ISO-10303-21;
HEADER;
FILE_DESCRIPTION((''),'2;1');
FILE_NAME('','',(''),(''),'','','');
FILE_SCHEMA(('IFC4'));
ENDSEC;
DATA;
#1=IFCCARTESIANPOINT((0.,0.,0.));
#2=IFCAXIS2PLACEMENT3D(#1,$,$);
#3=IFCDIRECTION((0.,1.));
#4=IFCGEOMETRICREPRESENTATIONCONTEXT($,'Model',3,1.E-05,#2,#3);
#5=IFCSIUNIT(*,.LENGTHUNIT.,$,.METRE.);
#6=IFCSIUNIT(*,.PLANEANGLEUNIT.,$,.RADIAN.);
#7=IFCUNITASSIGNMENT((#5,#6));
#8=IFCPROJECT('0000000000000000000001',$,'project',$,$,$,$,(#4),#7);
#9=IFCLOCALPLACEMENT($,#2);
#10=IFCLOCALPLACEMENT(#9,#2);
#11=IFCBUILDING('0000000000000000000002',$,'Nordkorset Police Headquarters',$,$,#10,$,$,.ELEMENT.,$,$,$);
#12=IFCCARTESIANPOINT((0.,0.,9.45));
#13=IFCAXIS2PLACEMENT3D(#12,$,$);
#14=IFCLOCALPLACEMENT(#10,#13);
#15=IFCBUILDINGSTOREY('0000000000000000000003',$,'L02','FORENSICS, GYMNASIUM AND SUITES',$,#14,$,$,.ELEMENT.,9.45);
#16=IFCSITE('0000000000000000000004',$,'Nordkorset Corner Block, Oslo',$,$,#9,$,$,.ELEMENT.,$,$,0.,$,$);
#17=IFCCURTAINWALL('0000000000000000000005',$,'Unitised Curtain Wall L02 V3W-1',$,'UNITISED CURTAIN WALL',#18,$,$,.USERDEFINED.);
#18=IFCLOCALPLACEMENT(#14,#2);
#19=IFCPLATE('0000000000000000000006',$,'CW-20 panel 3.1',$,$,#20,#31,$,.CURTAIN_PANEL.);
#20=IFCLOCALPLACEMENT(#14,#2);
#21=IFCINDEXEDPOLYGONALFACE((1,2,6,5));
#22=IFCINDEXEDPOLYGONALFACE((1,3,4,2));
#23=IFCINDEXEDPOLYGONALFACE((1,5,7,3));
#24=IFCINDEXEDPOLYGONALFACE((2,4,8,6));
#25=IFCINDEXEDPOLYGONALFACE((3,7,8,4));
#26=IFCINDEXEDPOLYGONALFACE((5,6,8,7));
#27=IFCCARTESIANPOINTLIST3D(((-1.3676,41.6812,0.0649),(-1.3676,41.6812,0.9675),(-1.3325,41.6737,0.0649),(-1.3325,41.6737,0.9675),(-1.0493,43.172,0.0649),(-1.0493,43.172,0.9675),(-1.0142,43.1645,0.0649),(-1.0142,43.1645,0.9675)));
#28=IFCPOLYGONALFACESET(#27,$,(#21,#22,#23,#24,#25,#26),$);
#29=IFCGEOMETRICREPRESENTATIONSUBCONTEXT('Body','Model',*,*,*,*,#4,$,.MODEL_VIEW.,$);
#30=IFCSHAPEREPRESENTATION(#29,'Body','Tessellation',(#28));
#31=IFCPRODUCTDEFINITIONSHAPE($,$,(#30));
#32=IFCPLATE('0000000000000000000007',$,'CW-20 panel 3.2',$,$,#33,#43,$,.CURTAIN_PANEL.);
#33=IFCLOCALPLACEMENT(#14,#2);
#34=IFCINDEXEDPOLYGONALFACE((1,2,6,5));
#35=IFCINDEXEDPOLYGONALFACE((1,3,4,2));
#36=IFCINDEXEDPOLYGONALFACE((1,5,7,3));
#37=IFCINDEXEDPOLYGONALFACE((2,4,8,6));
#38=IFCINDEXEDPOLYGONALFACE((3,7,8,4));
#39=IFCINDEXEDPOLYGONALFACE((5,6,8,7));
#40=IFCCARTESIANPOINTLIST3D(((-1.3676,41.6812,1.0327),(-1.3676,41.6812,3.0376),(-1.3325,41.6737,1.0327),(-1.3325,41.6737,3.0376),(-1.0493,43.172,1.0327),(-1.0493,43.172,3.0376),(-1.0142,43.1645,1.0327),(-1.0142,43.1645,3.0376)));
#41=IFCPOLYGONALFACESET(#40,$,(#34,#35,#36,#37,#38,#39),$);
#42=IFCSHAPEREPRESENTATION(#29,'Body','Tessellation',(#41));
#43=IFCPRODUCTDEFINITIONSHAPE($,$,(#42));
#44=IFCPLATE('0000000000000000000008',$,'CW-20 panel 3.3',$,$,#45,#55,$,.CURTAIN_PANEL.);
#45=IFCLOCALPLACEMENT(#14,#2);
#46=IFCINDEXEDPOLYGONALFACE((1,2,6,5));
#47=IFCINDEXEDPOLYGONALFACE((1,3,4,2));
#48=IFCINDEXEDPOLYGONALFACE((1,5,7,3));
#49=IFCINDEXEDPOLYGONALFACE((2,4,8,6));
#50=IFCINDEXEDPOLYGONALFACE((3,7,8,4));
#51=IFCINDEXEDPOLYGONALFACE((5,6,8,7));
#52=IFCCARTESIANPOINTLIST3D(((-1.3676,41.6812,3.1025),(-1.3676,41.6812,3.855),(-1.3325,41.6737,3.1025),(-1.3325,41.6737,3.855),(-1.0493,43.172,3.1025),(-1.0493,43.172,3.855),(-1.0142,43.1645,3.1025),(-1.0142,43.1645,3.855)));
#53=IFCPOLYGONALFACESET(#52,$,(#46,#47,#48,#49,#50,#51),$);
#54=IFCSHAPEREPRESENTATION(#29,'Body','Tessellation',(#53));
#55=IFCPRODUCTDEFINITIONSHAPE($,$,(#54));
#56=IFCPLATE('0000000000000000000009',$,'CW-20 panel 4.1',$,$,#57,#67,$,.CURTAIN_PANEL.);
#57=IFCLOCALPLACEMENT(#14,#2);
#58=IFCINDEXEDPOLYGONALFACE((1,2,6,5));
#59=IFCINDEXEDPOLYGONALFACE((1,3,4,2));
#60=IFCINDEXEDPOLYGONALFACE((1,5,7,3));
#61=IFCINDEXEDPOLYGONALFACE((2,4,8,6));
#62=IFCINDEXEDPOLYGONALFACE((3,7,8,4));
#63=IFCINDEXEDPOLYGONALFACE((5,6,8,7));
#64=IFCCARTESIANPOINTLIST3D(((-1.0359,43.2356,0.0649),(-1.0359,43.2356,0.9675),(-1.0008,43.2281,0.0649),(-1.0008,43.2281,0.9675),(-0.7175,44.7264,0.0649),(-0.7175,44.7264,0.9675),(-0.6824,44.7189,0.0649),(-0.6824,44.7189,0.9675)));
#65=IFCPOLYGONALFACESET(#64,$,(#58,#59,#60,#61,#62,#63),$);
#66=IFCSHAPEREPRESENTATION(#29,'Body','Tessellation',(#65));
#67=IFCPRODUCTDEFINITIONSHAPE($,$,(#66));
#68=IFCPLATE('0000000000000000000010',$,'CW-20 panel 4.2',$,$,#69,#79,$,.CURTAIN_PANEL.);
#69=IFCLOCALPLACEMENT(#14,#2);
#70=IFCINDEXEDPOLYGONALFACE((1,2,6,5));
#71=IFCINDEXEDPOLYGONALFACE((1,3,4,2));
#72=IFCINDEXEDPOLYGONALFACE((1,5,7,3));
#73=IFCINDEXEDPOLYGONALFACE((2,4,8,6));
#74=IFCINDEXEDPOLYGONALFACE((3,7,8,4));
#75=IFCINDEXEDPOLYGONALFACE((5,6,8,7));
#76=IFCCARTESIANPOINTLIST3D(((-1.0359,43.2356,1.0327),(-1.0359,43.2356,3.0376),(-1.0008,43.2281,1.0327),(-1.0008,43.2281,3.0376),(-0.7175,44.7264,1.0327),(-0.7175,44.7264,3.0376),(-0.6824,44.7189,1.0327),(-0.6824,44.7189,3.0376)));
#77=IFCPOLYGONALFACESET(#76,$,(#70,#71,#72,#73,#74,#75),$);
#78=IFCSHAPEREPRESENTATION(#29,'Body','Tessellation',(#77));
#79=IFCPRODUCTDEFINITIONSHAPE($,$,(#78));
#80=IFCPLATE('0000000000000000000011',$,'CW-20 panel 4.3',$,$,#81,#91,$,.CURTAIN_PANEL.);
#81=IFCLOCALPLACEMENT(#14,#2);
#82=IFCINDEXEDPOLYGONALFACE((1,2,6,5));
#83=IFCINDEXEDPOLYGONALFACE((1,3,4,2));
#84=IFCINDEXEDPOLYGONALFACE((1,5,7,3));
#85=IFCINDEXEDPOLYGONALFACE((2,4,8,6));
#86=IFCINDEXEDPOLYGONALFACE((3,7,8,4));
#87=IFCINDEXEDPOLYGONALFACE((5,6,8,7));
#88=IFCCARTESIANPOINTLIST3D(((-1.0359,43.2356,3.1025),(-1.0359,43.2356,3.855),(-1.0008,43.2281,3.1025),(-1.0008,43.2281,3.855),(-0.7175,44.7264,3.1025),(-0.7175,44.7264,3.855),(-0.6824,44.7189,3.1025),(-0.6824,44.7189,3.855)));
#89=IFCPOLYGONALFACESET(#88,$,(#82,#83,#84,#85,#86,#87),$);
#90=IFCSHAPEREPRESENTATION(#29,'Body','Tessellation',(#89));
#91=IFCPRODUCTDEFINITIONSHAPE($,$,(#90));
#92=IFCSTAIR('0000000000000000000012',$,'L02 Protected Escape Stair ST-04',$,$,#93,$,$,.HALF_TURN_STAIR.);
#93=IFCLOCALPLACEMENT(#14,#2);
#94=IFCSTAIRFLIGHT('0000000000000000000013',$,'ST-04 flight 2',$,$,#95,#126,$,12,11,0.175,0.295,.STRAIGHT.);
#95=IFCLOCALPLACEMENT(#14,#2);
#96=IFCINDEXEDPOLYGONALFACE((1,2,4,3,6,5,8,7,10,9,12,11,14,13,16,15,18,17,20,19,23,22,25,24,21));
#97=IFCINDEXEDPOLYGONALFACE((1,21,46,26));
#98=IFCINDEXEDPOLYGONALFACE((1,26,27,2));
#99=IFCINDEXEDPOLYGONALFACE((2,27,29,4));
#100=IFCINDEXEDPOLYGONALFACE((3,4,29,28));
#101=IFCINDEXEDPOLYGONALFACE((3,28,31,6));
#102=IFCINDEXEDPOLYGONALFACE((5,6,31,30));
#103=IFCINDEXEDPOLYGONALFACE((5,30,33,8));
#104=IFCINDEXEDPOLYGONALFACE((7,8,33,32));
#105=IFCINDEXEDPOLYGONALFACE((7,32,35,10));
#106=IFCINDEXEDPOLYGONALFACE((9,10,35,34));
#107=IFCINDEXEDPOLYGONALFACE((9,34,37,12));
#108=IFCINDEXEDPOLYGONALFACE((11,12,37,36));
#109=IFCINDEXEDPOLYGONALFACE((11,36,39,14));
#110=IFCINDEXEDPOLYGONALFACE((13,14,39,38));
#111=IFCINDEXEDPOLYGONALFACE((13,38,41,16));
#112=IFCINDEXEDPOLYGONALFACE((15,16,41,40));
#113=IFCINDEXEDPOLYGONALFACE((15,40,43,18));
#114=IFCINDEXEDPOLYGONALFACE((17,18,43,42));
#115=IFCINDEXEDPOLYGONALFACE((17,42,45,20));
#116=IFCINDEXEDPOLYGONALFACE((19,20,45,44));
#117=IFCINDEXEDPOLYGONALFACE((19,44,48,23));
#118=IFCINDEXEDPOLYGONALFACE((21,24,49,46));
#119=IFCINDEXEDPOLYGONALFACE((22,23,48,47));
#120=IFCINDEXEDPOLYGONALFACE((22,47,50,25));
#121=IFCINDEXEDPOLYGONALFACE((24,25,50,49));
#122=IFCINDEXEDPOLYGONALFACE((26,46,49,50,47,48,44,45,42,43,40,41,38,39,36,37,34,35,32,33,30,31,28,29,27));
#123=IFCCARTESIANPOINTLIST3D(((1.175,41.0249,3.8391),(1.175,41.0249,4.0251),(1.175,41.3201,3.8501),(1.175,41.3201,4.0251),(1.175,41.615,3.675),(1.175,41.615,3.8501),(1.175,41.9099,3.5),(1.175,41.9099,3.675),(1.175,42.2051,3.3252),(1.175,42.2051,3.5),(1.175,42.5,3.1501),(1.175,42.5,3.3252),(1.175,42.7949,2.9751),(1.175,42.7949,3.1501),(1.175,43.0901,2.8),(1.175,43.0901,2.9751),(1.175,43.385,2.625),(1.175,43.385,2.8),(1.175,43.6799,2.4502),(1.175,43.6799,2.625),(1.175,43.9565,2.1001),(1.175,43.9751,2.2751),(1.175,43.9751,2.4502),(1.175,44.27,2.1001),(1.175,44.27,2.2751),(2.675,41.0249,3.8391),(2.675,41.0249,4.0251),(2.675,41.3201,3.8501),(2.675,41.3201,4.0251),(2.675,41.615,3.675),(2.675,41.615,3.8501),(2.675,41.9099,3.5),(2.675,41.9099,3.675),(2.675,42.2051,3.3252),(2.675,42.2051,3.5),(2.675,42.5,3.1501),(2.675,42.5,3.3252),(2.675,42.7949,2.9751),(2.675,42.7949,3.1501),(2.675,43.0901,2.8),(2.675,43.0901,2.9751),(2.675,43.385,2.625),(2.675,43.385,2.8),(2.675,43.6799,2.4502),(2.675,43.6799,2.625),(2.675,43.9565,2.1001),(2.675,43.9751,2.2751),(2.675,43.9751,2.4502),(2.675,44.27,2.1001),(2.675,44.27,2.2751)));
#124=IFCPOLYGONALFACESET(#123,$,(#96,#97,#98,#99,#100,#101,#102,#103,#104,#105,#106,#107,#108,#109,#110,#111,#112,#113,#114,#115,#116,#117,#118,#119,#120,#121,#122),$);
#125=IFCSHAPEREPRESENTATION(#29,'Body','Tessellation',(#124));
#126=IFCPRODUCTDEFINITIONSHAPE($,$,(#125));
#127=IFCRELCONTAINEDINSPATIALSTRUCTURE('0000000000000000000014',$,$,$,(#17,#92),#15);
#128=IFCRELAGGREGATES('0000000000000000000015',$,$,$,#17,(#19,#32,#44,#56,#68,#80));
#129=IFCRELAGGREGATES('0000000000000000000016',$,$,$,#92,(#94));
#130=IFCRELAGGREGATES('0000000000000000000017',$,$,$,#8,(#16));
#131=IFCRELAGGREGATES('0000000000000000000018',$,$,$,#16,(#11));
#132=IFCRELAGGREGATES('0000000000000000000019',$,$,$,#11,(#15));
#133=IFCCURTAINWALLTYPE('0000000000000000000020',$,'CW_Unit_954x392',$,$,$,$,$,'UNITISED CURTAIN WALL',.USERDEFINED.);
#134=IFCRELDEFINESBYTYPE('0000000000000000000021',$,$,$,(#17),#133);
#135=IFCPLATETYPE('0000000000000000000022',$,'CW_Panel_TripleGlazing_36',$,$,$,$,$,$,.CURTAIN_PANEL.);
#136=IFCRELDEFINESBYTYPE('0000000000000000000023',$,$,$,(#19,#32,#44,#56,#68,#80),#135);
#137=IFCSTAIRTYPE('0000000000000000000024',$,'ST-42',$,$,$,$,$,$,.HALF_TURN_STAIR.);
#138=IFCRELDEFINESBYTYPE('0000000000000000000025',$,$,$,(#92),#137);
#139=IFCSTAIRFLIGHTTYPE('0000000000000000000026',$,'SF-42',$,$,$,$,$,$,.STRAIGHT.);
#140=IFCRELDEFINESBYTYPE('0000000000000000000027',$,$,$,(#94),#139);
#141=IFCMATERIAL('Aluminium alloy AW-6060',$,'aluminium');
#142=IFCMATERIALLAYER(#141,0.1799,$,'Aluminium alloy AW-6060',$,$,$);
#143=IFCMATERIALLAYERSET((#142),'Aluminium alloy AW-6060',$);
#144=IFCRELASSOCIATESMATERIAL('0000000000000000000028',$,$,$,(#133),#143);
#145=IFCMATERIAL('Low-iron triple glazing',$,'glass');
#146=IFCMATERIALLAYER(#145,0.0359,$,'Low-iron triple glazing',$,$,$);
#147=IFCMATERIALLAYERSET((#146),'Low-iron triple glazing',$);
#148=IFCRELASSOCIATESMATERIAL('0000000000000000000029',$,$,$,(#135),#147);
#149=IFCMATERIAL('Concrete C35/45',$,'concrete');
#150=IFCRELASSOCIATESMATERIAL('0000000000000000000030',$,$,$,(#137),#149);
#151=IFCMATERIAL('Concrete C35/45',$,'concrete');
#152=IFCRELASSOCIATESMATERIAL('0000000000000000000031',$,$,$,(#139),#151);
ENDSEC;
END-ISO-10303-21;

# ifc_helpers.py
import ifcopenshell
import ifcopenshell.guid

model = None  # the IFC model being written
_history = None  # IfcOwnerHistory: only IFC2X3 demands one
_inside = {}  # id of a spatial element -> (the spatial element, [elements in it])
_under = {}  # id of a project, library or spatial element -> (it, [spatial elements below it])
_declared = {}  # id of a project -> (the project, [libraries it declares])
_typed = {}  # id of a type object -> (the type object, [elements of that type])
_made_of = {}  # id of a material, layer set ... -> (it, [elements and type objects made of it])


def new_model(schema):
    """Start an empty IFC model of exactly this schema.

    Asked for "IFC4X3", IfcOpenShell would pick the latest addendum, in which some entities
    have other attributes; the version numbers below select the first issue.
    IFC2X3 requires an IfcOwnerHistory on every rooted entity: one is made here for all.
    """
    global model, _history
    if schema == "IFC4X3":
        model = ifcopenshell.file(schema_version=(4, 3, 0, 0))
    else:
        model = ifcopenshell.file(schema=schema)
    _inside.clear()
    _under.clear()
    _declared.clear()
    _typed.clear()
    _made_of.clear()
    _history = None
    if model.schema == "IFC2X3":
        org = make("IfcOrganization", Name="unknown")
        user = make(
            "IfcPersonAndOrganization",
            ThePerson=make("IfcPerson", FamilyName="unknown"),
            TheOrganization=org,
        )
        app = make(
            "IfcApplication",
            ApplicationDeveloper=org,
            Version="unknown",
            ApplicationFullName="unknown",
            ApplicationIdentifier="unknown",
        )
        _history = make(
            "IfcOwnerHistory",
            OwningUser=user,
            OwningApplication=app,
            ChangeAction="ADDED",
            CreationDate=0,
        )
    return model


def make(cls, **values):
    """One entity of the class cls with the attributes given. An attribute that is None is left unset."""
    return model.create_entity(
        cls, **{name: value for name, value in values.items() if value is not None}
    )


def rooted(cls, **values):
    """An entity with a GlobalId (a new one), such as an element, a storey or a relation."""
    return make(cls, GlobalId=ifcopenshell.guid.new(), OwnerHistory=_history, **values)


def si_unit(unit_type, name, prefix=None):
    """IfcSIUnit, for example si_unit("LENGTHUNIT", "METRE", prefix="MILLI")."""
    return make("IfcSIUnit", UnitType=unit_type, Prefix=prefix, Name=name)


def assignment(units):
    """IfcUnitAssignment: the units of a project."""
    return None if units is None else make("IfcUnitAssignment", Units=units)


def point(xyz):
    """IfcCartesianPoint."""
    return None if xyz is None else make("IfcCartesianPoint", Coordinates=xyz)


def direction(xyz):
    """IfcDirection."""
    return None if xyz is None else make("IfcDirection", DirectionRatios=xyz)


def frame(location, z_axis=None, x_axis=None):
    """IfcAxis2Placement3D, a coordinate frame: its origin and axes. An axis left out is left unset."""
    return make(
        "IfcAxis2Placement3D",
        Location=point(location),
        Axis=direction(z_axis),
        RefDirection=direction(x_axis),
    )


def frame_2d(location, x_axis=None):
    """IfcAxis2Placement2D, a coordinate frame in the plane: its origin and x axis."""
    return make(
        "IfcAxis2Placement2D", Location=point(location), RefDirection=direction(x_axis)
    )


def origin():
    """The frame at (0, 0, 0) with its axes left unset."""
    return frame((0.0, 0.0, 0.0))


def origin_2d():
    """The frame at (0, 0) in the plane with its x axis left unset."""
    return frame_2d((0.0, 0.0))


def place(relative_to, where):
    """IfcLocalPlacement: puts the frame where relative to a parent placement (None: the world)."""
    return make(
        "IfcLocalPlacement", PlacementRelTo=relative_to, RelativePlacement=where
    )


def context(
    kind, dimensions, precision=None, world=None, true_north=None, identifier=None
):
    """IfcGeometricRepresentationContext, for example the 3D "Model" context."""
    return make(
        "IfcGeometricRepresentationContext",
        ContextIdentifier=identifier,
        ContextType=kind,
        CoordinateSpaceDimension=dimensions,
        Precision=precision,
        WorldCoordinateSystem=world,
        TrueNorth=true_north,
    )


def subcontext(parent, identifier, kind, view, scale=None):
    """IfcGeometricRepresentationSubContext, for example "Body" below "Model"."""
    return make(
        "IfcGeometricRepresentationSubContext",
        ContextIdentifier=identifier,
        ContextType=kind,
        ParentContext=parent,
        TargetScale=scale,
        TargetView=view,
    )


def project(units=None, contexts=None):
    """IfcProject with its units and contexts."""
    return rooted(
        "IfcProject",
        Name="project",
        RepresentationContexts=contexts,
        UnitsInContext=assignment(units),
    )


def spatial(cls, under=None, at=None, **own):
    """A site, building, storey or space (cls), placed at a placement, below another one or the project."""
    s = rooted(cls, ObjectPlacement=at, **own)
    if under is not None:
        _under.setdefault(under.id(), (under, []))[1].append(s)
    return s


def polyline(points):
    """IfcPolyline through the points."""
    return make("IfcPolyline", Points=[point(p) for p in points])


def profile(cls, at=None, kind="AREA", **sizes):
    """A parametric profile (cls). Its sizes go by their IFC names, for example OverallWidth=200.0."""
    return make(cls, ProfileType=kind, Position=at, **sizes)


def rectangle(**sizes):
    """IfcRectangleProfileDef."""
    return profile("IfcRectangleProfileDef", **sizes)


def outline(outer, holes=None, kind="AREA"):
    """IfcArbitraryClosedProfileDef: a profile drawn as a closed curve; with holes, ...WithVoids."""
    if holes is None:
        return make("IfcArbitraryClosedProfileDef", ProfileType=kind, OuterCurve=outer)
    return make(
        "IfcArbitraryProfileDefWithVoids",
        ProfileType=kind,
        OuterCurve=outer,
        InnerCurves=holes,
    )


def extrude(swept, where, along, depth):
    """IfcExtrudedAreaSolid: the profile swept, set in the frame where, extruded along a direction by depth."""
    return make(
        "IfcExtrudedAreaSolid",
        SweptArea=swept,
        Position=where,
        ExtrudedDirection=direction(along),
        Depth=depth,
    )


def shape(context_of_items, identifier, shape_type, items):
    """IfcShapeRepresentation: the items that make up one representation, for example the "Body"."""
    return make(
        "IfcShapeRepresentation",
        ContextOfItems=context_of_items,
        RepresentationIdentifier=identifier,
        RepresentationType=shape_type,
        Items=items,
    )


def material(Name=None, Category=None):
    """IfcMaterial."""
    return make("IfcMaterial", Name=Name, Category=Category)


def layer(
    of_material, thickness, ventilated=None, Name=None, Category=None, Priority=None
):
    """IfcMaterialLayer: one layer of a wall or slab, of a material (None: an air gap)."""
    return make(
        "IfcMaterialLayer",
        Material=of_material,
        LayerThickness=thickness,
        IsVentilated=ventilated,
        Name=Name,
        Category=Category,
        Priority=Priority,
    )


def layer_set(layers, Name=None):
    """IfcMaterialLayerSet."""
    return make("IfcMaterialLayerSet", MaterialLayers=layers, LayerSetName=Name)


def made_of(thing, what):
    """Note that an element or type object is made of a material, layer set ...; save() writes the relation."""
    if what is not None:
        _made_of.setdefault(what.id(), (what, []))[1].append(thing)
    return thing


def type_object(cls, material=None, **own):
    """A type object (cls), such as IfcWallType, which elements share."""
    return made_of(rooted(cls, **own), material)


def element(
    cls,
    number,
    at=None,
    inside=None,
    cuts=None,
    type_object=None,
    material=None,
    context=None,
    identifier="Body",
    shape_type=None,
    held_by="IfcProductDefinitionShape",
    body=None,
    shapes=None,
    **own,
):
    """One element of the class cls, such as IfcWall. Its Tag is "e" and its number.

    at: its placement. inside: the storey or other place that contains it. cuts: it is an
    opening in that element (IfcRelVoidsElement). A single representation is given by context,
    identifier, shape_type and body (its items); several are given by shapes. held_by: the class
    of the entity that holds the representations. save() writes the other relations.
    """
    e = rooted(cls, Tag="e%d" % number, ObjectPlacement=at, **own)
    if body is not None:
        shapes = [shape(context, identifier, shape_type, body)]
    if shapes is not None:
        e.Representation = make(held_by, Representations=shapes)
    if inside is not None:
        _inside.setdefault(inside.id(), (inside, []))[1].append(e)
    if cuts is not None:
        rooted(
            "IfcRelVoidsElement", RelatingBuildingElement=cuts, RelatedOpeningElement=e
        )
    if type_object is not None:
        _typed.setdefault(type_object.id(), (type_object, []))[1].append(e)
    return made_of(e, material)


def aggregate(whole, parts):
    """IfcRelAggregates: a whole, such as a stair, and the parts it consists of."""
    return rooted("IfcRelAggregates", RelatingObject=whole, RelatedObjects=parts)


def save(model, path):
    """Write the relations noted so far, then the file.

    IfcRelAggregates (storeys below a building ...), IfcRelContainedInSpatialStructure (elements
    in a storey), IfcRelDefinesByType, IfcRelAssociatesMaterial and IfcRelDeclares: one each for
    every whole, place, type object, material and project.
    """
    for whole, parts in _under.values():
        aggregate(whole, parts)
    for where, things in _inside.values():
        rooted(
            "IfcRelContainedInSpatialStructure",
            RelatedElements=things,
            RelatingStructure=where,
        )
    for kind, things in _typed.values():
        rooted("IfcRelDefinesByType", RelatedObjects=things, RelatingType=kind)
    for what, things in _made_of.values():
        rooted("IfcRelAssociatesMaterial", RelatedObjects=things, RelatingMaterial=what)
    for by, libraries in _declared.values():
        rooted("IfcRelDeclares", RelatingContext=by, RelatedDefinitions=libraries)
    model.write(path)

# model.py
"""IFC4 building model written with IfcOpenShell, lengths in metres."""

from ifc_helpers import new_model, si_unit, direction, frame, origin, origin_2d, place, context, subcontext, project, spatial, polyline, rectangle, outline, extrude, material, layer, layer_set, type_object, element, aggregate, save


model = new_model("IFC4")

# Units and contexts
model_context = context("Model", 3, precision=1e-05, world=origin(), true_north=direction((0.0, 1.0)))
body_context = subcontext(model_context, "Body", "Model", "MODEL_VIEW")
ifc_project = project(units=[si_unit("LENGTHUNIT", "METRE"), si_unit("PLANEANGLEUNIT", "RADIAN")], contexts=[model_context])

# Site, building, storey
site_placement = place(None, origin())
site = spatial("IfcSite", under=ifc_project, at=site_placement, Name="Nordkorset Corner Block, Oslo", CompositionType="ELEMENT", RefElevation=0.0)
building_placement = place(site_placement, origin())
building = spatial("IfcBuilding", under=site, at=building_placement, Name="Nordkorset Police Headquarters", CompositionType="ELEMENT")
storey_placement = place(building_placement, frame((0.0, 0.0, 9.45)))
storey = spatial("IfcBuildingStorey", under=building, at=storey_placement, Name="L02", Description="FORENSICS, GYMNASIUM AND SUITES", CompositionType="ELEMENT", Elevation=9.45)

# Curtain wall, plates
ifc_material_1 = material(Name="Aluminium alloy AW-6060", Category="aluminium")
ifc_layer_1 = layer(ifc_material_1, 0.1799, Name="Aluminium alloy AW-6060")
ifc_layer_set_1 = layer_set([ifc_layer_1], Name="Aluminium alloy AW-6060")
curtain_wall_type = type_object("IfcCurtainWallType", Name="CW_Unit_954x392", ElementType="UNITISED CURTAIN WALL", PredefinedType="USERDEFINED", material=ifc_layer_set_1)
curtain_wall_placement = place(storey_placement, origin())
curtain_wall = element("IfcCurtainWall", 1, at=curtain_wall_placement, inside=storey, type_object=curtain_wall_type, Name="Unitised Curtain Wall L02 V3W-1", ObjectType="UNITISED CURTAIN WALL", PredefinedType="USERDEFINED")
ifc_material_2 = material(Name="Low-iron triple glazing", Category="glass")
ifc_layer_2 = layer(ifc_material_2, 0.0359, Name="Low-iron triple glazing")
ifc_layer_set_2 = layer_set([ifc_layer_2], Name="Low-iron triple glazing")
plate_type = type_object("IfcPlateType", Name="CW_Panel_TripleGlazing_36", PredefinedType="CURTAIN_PANEL", material=ifc_layer_set_2)
plate_1_placement = place(storey_placement, frame((-1.1909, 42.4229, 0.0649), z_axis=(0.0, 0.0, 1.0), x_axis=(0.208833, 0.977951, 0.0)))
plate_1 = element("IfcPlate", 2, at=plate_1_placement, type_object=plate_type, Name="CW-20 panel 3.1", PredefinedType="CURTAIN_PANEL", context=body_context, shape_type="SweptSolid", body=[
    extrude(rectangle(XDim=1.5244, YDim=0.0359, at=origin_2d()), origin(), (0.0, 0.0, 1.0), 0.9026),
])
plate_2_placement = place(storey_placement, frame((-1.1909, 42.4229, 1.0327), z_axis=(0.0, 0.0, 1.0), x_axis=(0.208833, 0.977951, 0.0)))
plate_2 = element("IfcPlate", 3, at=plate_2_placement, type_object=plate_type, Name="CW-20 panel 3.2", PredefinedType="CURTAIN_PANEL", context=body_context, shape_type="SweptSolid", body=[
    extrude(rectangle(XDim=1.5244, YDim=0.0359, at=origin_2d()), origin(), (0.0, 0.0, 1.0), 2.0049),
])
plate_3_placement = place(storey_placement, frame((-1.1909, 42.4229, 3.1025), z_axis=(0.0, 0.0, 1.0), x_axis=(0.208833, 0.977951, 0.0)))
plate_3 = element("IfcPlate", 4, at=plate_3_placement, type_object=plate_type, Name="CW-20 panel 3.3", PredefinedType="CURTAIN_PANEL", context=body_context, shape_type="SweptSolid", body=[
    extrude(rectangle(XDim=1.5244, YDim=0.0359, at=origin_2d()), origin(), (0.0, 0.0, 1.0), 0.7524),
])
plate_4_placement = place(storey_placement, frame((-0.8591, 43.9773, 0.0649), z_axis=(0.0, 0.0, 1.0), x_axis=(0.208833, 0.977951, 0.0)))
plate_4 = element("IfcPlate", 5, at=plate_4_placement, type_object=plate_type, Name="CW-20 panel 4.1", PredefinedType="CURTAIN_PANEL", context=body_context, shape_type="SweptSolid", body=[
    extrude(rectangle(XDim=1.5244, YDim=0.0359, at=origin_2d()), origin(), (0.0, 0.0, 1.0), 0.9026),
])
plate_5_placement = place(storey_placement, frame((-0.8591, 43.9773, 1.0327), z_axis=(0.0, 0.0, 1.0), x_axis=(0.208833, 0.977951, 0.0)))
plate_5 = element("IfcPlate", 6, at=plate_5_placement, type_object=plate_type, Name="CW-20 panel 4.2", PredefinedType="CURTAIN_PANEL", context=body_context, shape_type="SweptSolid", body=[
    extrude(rectangle(XDim=1.5244, YDim=0.0359, at=origin_2d()), origin(), (0.0, 0.0, 1.0), 2.0049),
])
plate_6_placement = place(storey_placement, frame((-0.8591, 43.9773, 3.1025), z_axis=(0.0, 0.0, 1.0), x_axis=(0.208833, 0.977951, 0.0)))
plate_6 = element("IfcPlate", 7, at=plate_6_placement, type_object=plate_type, Name="CW-20 panel 4.3", PredefinedType="CURTAIN_PANEL", context=body_context, shape_type="SweptSolid", body=[
    extrude(rectangle(XDim=1.5244, YDim=0.0359, at=origin_2d()), origin(), (0.0, 0.0, 1.0), 0.7524),
])
aggregate(curtain_wall, [plate_1, plate_2, plate_3, plate_4, plate_5, plate_6])

# Stair, stair flight
ifc_material_3 = material(Name="Concrete C35/45", Category="concrete")
stair_type = type_object("IfcStairType", Name="ST-42", PredefinedType="HALF_TURN_STAIR", material=ifc_material_3)
stair_placement = place(storey_placement, origin())
stair = element("IfcStair", 8, at=stair_placement, inside=storey, type_object=stair_type, Name="L02 Protected Escape Stair ST-04", PredefinedType="HALF_TURN_STAIR")
ifc_material_4 = material(Name="Concrete C35/45", Category="concrete")
stair_flight_type = type_object("IfcStairFlightType", Name="SF-42", PredefinedType="STRAIGHT", material=ifc_material_4)
stair_flight_placement = place(storey_placement, frame((1.925, 44.27, 2.1001), z_axis=(0.0, 0.0, 1.0), x_axis=(0.0, -1.0, 0.0)))
stair_flight = element("IfcStairFlight", 9, at=stair_flight_placement, type_object=stair_flight_type, Name="ST-04 flight 2", NumberOfRisers=12, NumberOfTreads=11, PredefinedType="STRAIGHT", RiserHeight=0.175, TreadLength=0.295, context=body_context, shape_type="SweptSolid", body=[
    extrude(outline(polyline([(0.0, 0.0), (0.0, 0.175), (0.2949, 0.175), (0.2949, 0.3501), (0.5901, 0.3501), (0.5901, 0.5249), (0.885, 0.5249), (0.885, 0.7), (1.1799, 0.7), (1.1799, 0.875), (1.4751, 0.875), (1.4751, 1.05), (1.77, 1.05), (1.77, 1.2251), (2.0649, 1.2251), (2.0649, 1.3999), (2.3601, 1.3999), (2.3601, 1.575), (2.655, 1.575), (2.655, 1.75), (2.95, 1.75), (2.95, 1.925), (3.2451, 1.925), (3.2451, 2.1001), (3.2451, 1.739), (0.3135, 0.0), (0.0, 0.0)])), frame((0.0, 0.75, 0.0), z_axis=(0.0, -1.0, 0.0), x_axis=(1.0, 0.0, 0.0)), (0.0, 0.0, 1.0), 1.5),
])
aggregate(stair, [stair_flight])

save(model, "model.ifc")
